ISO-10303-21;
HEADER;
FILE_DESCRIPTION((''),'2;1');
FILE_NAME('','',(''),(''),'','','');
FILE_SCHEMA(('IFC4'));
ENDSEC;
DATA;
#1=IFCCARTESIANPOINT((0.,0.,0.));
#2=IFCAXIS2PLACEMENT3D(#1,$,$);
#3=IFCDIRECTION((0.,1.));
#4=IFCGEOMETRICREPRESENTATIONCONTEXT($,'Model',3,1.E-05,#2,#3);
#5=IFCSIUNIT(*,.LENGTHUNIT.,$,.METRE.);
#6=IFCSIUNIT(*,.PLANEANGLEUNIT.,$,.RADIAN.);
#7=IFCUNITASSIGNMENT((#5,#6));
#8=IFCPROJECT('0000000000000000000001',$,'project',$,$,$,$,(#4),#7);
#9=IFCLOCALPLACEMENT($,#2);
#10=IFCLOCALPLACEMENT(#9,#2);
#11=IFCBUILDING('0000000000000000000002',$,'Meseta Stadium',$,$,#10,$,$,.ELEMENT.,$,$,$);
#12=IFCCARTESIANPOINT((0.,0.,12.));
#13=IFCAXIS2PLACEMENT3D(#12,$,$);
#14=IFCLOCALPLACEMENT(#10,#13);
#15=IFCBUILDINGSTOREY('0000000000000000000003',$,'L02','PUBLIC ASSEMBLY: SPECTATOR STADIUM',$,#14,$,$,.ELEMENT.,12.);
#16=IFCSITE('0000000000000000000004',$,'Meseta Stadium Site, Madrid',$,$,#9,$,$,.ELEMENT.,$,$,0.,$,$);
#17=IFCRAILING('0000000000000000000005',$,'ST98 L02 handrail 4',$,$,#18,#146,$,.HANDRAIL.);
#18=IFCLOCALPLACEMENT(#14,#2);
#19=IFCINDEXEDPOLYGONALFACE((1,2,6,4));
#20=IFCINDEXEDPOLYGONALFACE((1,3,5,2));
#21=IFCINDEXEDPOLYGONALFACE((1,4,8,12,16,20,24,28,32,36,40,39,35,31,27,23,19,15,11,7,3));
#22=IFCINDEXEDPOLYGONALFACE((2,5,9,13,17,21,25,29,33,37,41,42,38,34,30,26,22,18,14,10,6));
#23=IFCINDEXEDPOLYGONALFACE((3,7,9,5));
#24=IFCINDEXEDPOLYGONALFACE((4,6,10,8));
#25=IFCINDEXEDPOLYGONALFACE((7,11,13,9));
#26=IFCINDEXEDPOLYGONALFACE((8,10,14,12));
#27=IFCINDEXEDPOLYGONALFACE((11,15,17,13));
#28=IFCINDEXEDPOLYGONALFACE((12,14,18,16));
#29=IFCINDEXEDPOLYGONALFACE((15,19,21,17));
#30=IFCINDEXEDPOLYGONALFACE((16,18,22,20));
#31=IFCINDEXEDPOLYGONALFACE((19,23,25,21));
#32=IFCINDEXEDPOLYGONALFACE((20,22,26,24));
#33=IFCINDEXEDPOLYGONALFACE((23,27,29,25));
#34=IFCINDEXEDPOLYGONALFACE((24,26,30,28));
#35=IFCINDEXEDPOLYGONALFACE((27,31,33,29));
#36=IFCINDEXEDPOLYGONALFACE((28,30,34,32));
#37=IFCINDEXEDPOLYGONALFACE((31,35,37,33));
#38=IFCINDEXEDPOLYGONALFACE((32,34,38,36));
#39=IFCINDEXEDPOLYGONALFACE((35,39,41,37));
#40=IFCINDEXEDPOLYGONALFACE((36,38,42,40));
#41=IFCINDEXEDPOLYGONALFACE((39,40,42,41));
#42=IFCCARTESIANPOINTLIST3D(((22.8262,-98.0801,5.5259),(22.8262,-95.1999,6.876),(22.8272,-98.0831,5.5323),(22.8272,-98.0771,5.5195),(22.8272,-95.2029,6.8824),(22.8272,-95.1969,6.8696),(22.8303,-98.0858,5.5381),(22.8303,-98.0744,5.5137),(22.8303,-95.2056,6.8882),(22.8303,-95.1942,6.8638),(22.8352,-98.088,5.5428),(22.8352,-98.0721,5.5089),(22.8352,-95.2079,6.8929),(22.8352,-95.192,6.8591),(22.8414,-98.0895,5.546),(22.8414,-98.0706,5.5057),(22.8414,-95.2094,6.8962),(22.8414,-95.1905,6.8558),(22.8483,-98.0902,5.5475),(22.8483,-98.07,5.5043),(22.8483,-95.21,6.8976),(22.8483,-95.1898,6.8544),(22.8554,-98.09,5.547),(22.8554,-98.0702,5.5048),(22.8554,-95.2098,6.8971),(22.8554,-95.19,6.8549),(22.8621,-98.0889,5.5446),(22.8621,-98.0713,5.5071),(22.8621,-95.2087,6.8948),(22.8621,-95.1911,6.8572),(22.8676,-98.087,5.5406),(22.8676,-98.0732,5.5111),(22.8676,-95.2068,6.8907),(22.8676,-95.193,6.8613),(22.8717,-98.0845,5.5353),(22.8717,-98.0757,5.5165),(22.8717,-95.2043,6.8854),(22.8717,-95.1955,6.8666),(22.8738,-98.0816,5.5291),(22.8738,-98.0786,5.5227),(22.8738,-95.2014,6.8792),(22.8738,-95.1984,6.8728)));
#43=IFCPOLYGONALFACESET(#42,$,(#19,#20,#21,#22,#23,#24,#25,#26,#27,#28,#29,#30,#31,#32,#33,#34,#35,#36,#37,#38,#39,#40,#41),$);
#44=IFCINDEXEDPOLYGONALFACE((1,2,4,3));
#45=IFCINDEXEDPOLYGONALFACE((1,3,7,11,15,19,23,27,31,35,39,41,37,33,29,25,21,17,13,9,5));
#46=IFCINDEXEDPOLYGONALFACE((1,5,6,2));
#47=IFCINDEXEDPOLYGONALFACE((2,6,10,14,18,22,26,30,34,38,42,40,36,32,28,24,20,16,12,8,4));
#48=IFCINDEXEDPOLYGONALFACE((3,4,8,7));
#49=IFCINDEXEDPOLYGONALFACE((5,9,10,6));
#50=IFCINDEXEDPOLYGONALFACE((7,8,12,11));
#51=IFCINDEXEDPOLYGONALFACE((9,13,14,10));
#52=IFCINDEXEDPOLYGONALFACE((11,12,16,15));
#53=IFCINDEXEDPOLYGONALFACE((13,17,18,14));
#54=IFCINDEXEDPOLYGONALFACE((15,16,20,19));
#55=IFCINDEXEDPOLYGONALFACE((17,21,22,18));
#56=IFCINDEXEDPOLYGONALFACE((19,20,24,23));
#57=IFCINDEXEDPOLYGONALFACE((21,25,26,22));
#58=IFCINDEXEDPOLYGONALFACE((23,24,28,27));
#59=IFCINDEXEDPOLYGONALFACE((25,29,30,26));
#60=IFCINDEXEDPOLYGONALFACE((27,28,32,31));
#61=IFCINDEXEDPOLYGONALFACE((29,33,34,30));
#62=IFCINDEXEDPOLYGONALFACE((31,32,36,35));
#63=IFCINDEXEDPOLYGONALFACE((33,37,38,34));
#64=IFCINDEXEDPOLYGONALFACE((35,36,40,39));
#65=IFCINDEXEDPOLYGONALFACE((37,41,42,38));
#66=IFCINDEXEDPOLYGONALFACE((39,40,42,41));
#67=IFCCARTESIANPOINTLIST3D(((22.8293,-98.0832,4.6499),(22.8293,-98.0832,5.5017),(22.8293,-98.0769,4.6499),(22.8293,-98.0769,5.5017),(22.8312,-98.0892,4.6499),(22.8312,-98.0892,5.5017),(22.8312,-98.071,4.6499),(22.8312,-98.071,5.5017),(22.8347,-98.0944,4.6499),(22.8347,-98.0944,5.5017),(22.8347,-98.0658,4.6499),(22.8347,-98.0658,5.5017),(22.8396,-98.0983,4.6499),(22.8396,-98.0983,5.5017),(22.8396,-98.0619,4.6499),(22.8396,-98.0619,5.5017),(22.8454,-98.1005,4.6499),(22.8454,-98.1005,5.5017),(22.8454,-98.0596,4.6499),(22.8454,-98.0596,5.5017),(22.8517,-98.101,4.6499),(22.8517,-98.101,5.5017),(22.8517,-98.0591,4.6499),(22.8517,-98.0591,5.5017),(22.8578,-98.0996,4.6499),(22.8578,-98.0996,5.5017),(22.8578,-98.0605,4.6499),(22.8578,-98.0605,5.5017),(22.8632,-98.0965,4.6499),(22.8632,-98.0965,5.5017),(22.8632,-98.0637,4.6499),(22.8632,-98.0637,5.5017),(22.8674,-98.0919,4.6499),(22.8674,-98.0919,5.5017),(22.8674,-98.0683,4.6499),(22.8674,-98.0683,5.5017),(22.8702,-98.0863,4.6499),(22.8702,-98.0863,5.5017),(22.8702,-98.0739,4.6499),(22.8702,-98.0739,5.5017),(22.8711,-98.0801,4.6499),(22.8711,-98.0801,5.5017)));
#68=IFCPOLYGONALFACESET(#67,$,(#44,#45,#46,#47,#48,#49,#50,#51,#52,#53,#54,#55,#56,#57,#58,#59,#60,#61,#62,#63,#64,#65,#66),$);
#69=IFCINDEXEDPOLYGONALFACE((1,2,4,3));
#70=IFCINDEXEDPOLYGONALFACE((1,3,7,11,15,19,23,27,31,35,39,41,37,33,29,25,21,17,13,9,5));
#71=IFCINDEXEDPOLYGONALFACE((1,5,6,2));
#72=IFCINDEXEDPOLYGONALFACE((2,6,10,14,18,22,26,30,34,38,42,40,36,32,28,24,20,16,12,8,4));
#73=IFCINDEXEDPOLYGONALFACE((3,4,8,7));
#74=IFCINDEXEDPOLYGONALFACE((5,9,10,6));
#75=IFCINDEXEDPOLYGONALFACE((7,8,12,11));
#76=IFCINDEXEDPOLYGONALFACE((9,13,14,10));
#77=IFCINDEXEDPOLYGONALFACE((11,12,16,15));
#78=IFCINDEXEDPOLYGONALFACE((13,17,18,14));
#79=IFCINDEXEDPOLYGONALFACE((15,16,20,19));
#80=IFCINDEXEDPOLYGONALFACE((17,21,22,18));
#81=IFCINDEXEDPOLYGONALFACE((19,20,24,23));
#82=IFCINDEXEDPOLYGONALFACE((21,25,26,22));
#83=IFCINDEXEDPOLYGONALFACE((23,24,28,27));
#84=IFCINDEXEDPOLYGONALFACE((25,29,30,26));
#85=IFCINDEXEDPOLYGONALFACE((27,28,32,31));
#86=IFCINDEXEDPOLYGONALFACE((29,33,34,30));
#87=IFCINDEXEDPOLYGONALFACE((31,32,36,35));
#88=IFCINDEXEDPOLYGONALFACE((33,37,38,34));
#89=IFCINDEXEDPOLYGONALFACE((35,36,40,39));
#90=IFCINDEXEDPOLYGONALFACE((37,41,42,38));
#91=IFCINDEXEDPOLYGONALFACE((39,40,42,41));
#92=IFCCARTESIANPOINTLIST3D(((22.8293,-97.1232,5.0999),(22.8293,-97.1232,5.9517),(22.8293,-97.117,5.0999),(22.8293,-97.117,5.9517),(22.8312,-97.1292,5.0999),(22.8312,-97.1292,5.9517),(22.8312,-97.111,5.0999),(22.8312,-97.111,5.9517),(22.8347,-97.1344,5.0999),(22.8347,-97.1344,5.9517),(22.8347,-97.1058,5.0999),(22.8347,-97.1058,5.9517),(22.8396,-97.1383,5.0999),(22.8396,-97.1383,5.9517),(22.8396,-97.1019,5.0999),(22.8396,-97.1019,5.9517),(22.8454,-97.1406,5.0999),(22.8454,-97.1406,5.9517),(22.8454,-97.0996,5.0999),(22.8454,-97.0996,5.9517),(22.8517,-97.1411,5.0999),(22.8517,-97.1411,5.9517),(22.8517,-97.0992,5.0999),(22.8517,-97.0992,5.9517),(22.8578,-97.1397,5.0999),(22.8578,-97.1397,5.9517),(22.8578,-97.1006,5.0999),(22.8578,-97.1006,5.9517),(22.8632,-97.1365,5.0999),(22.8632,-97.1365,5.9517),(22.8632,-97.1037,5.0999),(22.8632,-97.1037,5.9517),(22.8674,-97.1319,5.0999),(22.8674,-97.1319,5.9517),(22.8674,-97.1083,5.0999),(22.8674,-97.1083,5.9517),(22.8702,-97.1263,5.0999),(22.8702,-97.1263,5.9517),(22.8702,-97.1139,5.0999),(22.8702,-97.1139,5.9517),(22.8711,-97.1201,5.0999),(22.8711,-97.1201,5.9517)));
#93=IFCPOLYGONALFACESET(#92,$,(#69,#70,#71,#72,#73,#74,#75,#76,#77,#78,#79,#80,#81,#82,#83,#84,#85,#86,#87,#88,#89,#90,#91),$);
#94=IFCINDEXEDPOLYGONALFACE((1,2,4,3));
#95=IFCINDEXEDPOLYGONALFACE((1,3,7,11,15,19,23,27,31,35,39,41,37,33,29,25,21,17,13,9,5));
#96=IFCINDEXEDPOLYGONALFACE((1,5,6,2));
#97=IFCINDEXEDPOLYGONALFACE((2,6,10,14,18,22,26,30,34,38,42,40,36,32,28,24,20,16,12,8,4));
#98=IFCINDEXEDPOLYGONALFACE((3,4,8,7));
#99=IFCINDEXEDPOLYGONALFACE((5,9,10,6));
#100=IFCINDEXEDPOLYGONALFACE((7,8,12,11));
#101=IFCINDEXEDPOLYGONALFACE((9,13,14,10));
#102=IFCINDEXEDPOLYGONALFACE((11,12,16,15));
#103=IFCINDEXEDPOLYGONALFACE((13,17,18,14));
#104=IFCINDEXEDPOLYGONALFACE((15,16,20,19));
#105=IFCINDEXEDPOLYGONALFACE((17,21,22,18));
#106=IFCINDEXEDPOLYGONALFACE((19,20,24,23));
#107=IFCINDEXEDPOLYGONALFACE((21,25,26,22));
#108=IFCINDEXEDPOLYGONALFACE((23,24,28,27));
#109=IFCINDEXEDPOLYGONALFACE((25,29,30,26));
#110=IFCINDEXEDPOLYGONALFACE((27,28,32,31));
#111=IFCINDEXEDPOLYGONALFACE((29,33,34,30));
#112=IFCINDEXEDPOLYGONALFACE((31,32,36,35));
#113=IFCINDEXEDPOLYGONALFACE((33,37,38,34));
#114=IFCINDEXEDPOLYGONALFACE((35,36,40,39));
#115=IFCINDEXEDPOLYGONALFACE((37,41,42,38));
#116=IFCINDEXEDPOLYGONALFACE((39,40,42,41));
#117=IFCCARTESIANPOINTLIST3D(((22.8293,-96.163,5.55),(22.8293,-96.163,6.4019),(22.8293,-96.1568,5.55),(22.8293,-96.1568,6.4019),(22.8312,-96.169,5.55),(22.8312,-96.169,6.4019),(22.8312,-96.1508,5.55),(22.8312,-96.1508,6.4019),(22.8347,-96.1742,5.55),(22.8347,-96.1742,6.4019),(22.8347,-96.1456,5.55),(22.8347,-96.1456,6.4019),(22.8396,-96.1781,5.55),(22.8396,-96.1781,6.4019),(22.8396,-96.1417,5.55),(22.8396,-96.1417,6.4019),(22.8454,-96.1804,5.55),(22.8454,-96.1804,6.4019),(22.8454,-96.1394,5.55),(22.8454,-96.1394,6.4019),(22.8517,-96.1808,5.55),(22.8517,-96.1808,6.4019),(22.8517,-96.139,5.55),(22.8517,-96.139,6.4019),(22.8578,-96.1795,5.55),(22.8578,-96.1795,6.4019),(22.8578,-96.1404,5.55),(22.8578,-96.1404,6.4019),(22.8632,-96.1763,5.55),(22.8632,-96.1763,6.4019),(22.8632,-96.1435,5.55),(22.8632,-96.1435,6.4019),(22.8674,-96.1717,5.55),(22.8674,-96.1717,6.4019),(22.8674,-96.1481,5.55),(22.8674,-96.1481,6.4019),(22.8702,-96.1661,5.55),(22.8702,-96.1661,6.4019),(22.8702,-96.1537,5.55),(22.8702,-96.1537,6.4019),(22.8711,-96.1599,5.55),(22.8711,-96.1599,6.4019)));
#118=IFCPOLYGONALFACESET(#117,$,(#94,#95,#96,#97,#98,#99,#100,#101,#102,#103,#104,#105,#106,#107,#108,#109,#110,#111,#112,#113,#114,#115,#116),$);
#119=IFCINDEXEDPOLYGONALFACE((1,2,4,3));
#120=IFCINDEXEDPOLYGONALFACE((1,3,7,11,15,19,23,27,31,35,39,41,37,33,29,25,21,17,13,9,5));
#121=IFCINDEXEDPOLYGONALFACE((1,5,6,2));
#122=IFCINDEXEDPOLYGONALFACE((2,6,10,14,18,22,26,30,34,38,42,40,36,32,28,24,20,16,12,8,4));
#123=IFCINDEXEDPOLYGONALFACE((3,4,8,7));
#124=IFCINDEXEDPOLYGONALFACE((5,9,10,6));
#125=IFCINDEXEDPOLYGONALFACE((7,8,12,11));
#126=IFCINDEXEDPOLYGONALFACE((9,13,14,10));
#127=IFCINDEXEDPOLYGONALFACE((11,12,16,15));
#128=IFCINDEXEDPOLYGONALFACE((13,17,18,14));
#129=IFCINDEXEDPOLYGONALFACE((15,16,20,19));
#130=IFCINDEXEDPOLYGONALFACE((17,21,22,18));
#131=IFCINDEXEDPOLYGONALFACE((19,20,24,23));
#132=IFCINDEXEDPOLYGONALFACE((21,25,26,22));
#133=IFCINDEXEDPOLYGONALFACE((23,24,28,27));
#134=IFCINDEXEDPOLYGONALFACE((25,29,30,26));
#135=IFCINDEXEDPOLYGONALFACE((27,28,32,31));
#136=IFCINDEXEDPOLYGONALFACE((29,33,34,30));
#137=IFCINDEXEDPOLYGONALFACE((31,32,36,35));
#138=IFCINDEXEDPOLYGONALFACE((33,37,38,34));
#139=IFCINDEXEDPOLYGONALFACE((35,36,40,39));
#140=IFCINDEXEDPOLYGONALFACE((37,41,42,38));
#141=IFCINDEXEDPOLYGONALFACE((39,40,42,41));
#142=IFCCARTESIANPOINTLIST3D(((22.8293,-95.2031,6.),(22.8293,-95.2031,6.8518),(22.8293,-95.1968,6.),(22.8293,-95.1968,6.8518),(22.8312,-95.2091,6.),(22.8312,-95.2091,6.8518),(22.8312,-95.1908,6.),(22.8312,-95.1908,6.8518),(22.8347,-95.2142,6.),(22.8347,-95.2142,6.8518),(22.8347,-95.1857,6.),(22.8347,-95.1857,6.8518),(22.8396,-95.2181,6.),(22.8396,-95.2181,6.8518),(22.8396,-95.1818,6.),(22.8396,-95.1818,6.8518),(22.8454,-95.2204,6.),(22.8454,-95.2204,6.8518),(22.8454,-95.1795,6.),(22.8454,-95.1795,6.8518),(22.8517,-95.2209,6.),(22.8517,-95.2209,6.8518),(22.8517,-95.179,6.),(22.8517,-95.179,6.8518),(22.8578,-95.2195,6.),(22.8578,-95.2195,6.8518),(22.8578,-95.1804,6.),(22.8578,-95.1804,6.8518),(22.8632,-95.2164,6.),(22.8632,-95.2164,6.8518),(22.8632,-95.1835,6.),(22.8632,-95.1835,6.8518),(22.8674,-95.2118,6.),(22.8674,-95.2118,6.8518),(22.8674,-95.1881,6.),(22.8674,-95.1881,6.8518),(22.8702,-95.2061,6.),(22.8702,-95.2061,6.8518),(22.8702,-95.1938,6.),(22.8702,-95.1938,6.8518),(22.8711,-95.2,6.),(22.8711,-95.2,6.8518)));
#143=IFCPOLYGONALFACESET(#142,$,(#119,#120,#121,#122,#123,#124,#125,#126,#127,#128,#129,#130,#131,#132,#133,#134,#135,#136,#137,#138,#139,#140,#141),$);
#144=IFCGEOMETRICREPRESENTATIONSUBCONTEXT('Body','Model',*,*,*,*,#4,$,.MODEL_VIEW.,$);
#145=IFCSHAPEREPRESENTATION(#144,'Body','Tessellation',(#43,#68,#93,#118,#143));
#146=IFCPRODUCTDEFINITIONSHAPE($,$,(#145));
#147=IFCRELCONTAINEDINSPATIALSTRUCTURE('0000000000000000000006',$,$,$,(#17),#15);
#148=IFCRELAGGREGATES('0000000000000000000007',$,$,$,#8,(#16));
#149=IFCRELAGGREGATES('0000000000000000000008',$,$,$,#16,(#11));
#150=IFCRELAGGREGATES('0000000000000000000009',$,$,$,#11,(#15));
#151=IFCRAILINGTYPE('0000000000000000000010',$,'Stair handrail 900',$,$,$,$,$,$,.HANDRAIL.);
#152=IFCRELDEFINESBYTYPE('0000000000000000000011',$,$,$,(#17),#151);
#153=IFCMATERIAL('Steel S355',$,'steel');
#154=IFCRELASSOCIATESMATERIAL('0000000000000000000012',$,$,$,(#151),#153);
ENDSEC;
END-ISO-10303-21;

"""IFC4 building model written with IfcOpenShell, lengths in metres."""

from ifc_helpers import new_model, si_unit, direction, frame, origin, origin_2d, place, context, subcontext, project, spatial, circle, extrude, material, type_object, element, save


model = new_model("IFC4")

# Units and contexts
model_context = context("Model", 3, precision=1e-05, world=origin(), true_north=direction((0.0, 1.0)))
body_context = subcontext(model_context, "Body", "Model", "MODEL_VIEW")
ifc_project = project(units=[si_unit("LENGTHUNIT", "METRE"), si_unit("PLANEANGLEUNIT", "RADIAN")], contexts=[model_context])

# Site, building, storey
site_placement = place(None, origin())
site = spatial("IfcSite", under=ifc_project, at=site_placement, Name="Meseta Stadium Site, Madrid", CompositionType="ELEMENT", RefElevation=0.0)
building_placement = place(site_placement, origin())
building = spatial("IfcBuilding", under=site, at=building_placement, Name="Meseta Stadium", CompositionType="ELEMENT")
storey_placement = place(building_placement, frame((0.0, 0.0, 12.0)))
storey = spatial("IfcBuildingStorey", under=building, at=storey_placement, Name="L02", Description="PUBLIC ASSEMBLY: SPECTATOR STADIUM", CompositionType="ELEMENT", Elevation=12.0)

# Railing
ifc_material_1 = material(Name="Steel S355", Category="steel")
railing_type_1 = type_object("IfcRailingType", Name="Stair handrail 900", PredefinedType="HANDRAIL", material=ifc_material_1)
railing_1_placement = place(storey_placement, frame((22.8501, -98.0801, 4.6499)))
element("IfcRailing", 1, at=railing_1_placement, inside=storey, type_object=railing_type_1, Name="ST98 L02 handrail 4", PredefinedType="HANDRAIL", context=body_context, shape_type="SweptSolid", body=[
    extrude(circle(Radius=0.0239, at=origin_2d()), frame((0.0, 0.0, 0.876), z_axis=(0.0, 0.905454, 0.424444), x_axis=(-1.0, 0.0, 0.0)), (0.0, 0.0, 1.0), 3.1809),
    extrude(circle(Radius=0.021, at=origin_2d()), origin(), (0.0, 0.0, 1.0), 0.8518),
    extrude(circle(Radius=0.021, at=origin_2d()), frame((0.0, 0.96, 0.45)), (0.0, 0.0, 1.0), 0.8518),
    extrude(circle(Radius=0.021, at=origin_2d()), frame((0.0, 1.9202, 0.9001)), (0.0, 0.0, 1.0), 0.8518),
    extrude(circle(Radius=0.021, at=origin_2d()), frame((0.0, 2.8801, 1.3501)), (0.0, 0.0, 1.0), 0.8518),
])

save(model, "model.ifc")
